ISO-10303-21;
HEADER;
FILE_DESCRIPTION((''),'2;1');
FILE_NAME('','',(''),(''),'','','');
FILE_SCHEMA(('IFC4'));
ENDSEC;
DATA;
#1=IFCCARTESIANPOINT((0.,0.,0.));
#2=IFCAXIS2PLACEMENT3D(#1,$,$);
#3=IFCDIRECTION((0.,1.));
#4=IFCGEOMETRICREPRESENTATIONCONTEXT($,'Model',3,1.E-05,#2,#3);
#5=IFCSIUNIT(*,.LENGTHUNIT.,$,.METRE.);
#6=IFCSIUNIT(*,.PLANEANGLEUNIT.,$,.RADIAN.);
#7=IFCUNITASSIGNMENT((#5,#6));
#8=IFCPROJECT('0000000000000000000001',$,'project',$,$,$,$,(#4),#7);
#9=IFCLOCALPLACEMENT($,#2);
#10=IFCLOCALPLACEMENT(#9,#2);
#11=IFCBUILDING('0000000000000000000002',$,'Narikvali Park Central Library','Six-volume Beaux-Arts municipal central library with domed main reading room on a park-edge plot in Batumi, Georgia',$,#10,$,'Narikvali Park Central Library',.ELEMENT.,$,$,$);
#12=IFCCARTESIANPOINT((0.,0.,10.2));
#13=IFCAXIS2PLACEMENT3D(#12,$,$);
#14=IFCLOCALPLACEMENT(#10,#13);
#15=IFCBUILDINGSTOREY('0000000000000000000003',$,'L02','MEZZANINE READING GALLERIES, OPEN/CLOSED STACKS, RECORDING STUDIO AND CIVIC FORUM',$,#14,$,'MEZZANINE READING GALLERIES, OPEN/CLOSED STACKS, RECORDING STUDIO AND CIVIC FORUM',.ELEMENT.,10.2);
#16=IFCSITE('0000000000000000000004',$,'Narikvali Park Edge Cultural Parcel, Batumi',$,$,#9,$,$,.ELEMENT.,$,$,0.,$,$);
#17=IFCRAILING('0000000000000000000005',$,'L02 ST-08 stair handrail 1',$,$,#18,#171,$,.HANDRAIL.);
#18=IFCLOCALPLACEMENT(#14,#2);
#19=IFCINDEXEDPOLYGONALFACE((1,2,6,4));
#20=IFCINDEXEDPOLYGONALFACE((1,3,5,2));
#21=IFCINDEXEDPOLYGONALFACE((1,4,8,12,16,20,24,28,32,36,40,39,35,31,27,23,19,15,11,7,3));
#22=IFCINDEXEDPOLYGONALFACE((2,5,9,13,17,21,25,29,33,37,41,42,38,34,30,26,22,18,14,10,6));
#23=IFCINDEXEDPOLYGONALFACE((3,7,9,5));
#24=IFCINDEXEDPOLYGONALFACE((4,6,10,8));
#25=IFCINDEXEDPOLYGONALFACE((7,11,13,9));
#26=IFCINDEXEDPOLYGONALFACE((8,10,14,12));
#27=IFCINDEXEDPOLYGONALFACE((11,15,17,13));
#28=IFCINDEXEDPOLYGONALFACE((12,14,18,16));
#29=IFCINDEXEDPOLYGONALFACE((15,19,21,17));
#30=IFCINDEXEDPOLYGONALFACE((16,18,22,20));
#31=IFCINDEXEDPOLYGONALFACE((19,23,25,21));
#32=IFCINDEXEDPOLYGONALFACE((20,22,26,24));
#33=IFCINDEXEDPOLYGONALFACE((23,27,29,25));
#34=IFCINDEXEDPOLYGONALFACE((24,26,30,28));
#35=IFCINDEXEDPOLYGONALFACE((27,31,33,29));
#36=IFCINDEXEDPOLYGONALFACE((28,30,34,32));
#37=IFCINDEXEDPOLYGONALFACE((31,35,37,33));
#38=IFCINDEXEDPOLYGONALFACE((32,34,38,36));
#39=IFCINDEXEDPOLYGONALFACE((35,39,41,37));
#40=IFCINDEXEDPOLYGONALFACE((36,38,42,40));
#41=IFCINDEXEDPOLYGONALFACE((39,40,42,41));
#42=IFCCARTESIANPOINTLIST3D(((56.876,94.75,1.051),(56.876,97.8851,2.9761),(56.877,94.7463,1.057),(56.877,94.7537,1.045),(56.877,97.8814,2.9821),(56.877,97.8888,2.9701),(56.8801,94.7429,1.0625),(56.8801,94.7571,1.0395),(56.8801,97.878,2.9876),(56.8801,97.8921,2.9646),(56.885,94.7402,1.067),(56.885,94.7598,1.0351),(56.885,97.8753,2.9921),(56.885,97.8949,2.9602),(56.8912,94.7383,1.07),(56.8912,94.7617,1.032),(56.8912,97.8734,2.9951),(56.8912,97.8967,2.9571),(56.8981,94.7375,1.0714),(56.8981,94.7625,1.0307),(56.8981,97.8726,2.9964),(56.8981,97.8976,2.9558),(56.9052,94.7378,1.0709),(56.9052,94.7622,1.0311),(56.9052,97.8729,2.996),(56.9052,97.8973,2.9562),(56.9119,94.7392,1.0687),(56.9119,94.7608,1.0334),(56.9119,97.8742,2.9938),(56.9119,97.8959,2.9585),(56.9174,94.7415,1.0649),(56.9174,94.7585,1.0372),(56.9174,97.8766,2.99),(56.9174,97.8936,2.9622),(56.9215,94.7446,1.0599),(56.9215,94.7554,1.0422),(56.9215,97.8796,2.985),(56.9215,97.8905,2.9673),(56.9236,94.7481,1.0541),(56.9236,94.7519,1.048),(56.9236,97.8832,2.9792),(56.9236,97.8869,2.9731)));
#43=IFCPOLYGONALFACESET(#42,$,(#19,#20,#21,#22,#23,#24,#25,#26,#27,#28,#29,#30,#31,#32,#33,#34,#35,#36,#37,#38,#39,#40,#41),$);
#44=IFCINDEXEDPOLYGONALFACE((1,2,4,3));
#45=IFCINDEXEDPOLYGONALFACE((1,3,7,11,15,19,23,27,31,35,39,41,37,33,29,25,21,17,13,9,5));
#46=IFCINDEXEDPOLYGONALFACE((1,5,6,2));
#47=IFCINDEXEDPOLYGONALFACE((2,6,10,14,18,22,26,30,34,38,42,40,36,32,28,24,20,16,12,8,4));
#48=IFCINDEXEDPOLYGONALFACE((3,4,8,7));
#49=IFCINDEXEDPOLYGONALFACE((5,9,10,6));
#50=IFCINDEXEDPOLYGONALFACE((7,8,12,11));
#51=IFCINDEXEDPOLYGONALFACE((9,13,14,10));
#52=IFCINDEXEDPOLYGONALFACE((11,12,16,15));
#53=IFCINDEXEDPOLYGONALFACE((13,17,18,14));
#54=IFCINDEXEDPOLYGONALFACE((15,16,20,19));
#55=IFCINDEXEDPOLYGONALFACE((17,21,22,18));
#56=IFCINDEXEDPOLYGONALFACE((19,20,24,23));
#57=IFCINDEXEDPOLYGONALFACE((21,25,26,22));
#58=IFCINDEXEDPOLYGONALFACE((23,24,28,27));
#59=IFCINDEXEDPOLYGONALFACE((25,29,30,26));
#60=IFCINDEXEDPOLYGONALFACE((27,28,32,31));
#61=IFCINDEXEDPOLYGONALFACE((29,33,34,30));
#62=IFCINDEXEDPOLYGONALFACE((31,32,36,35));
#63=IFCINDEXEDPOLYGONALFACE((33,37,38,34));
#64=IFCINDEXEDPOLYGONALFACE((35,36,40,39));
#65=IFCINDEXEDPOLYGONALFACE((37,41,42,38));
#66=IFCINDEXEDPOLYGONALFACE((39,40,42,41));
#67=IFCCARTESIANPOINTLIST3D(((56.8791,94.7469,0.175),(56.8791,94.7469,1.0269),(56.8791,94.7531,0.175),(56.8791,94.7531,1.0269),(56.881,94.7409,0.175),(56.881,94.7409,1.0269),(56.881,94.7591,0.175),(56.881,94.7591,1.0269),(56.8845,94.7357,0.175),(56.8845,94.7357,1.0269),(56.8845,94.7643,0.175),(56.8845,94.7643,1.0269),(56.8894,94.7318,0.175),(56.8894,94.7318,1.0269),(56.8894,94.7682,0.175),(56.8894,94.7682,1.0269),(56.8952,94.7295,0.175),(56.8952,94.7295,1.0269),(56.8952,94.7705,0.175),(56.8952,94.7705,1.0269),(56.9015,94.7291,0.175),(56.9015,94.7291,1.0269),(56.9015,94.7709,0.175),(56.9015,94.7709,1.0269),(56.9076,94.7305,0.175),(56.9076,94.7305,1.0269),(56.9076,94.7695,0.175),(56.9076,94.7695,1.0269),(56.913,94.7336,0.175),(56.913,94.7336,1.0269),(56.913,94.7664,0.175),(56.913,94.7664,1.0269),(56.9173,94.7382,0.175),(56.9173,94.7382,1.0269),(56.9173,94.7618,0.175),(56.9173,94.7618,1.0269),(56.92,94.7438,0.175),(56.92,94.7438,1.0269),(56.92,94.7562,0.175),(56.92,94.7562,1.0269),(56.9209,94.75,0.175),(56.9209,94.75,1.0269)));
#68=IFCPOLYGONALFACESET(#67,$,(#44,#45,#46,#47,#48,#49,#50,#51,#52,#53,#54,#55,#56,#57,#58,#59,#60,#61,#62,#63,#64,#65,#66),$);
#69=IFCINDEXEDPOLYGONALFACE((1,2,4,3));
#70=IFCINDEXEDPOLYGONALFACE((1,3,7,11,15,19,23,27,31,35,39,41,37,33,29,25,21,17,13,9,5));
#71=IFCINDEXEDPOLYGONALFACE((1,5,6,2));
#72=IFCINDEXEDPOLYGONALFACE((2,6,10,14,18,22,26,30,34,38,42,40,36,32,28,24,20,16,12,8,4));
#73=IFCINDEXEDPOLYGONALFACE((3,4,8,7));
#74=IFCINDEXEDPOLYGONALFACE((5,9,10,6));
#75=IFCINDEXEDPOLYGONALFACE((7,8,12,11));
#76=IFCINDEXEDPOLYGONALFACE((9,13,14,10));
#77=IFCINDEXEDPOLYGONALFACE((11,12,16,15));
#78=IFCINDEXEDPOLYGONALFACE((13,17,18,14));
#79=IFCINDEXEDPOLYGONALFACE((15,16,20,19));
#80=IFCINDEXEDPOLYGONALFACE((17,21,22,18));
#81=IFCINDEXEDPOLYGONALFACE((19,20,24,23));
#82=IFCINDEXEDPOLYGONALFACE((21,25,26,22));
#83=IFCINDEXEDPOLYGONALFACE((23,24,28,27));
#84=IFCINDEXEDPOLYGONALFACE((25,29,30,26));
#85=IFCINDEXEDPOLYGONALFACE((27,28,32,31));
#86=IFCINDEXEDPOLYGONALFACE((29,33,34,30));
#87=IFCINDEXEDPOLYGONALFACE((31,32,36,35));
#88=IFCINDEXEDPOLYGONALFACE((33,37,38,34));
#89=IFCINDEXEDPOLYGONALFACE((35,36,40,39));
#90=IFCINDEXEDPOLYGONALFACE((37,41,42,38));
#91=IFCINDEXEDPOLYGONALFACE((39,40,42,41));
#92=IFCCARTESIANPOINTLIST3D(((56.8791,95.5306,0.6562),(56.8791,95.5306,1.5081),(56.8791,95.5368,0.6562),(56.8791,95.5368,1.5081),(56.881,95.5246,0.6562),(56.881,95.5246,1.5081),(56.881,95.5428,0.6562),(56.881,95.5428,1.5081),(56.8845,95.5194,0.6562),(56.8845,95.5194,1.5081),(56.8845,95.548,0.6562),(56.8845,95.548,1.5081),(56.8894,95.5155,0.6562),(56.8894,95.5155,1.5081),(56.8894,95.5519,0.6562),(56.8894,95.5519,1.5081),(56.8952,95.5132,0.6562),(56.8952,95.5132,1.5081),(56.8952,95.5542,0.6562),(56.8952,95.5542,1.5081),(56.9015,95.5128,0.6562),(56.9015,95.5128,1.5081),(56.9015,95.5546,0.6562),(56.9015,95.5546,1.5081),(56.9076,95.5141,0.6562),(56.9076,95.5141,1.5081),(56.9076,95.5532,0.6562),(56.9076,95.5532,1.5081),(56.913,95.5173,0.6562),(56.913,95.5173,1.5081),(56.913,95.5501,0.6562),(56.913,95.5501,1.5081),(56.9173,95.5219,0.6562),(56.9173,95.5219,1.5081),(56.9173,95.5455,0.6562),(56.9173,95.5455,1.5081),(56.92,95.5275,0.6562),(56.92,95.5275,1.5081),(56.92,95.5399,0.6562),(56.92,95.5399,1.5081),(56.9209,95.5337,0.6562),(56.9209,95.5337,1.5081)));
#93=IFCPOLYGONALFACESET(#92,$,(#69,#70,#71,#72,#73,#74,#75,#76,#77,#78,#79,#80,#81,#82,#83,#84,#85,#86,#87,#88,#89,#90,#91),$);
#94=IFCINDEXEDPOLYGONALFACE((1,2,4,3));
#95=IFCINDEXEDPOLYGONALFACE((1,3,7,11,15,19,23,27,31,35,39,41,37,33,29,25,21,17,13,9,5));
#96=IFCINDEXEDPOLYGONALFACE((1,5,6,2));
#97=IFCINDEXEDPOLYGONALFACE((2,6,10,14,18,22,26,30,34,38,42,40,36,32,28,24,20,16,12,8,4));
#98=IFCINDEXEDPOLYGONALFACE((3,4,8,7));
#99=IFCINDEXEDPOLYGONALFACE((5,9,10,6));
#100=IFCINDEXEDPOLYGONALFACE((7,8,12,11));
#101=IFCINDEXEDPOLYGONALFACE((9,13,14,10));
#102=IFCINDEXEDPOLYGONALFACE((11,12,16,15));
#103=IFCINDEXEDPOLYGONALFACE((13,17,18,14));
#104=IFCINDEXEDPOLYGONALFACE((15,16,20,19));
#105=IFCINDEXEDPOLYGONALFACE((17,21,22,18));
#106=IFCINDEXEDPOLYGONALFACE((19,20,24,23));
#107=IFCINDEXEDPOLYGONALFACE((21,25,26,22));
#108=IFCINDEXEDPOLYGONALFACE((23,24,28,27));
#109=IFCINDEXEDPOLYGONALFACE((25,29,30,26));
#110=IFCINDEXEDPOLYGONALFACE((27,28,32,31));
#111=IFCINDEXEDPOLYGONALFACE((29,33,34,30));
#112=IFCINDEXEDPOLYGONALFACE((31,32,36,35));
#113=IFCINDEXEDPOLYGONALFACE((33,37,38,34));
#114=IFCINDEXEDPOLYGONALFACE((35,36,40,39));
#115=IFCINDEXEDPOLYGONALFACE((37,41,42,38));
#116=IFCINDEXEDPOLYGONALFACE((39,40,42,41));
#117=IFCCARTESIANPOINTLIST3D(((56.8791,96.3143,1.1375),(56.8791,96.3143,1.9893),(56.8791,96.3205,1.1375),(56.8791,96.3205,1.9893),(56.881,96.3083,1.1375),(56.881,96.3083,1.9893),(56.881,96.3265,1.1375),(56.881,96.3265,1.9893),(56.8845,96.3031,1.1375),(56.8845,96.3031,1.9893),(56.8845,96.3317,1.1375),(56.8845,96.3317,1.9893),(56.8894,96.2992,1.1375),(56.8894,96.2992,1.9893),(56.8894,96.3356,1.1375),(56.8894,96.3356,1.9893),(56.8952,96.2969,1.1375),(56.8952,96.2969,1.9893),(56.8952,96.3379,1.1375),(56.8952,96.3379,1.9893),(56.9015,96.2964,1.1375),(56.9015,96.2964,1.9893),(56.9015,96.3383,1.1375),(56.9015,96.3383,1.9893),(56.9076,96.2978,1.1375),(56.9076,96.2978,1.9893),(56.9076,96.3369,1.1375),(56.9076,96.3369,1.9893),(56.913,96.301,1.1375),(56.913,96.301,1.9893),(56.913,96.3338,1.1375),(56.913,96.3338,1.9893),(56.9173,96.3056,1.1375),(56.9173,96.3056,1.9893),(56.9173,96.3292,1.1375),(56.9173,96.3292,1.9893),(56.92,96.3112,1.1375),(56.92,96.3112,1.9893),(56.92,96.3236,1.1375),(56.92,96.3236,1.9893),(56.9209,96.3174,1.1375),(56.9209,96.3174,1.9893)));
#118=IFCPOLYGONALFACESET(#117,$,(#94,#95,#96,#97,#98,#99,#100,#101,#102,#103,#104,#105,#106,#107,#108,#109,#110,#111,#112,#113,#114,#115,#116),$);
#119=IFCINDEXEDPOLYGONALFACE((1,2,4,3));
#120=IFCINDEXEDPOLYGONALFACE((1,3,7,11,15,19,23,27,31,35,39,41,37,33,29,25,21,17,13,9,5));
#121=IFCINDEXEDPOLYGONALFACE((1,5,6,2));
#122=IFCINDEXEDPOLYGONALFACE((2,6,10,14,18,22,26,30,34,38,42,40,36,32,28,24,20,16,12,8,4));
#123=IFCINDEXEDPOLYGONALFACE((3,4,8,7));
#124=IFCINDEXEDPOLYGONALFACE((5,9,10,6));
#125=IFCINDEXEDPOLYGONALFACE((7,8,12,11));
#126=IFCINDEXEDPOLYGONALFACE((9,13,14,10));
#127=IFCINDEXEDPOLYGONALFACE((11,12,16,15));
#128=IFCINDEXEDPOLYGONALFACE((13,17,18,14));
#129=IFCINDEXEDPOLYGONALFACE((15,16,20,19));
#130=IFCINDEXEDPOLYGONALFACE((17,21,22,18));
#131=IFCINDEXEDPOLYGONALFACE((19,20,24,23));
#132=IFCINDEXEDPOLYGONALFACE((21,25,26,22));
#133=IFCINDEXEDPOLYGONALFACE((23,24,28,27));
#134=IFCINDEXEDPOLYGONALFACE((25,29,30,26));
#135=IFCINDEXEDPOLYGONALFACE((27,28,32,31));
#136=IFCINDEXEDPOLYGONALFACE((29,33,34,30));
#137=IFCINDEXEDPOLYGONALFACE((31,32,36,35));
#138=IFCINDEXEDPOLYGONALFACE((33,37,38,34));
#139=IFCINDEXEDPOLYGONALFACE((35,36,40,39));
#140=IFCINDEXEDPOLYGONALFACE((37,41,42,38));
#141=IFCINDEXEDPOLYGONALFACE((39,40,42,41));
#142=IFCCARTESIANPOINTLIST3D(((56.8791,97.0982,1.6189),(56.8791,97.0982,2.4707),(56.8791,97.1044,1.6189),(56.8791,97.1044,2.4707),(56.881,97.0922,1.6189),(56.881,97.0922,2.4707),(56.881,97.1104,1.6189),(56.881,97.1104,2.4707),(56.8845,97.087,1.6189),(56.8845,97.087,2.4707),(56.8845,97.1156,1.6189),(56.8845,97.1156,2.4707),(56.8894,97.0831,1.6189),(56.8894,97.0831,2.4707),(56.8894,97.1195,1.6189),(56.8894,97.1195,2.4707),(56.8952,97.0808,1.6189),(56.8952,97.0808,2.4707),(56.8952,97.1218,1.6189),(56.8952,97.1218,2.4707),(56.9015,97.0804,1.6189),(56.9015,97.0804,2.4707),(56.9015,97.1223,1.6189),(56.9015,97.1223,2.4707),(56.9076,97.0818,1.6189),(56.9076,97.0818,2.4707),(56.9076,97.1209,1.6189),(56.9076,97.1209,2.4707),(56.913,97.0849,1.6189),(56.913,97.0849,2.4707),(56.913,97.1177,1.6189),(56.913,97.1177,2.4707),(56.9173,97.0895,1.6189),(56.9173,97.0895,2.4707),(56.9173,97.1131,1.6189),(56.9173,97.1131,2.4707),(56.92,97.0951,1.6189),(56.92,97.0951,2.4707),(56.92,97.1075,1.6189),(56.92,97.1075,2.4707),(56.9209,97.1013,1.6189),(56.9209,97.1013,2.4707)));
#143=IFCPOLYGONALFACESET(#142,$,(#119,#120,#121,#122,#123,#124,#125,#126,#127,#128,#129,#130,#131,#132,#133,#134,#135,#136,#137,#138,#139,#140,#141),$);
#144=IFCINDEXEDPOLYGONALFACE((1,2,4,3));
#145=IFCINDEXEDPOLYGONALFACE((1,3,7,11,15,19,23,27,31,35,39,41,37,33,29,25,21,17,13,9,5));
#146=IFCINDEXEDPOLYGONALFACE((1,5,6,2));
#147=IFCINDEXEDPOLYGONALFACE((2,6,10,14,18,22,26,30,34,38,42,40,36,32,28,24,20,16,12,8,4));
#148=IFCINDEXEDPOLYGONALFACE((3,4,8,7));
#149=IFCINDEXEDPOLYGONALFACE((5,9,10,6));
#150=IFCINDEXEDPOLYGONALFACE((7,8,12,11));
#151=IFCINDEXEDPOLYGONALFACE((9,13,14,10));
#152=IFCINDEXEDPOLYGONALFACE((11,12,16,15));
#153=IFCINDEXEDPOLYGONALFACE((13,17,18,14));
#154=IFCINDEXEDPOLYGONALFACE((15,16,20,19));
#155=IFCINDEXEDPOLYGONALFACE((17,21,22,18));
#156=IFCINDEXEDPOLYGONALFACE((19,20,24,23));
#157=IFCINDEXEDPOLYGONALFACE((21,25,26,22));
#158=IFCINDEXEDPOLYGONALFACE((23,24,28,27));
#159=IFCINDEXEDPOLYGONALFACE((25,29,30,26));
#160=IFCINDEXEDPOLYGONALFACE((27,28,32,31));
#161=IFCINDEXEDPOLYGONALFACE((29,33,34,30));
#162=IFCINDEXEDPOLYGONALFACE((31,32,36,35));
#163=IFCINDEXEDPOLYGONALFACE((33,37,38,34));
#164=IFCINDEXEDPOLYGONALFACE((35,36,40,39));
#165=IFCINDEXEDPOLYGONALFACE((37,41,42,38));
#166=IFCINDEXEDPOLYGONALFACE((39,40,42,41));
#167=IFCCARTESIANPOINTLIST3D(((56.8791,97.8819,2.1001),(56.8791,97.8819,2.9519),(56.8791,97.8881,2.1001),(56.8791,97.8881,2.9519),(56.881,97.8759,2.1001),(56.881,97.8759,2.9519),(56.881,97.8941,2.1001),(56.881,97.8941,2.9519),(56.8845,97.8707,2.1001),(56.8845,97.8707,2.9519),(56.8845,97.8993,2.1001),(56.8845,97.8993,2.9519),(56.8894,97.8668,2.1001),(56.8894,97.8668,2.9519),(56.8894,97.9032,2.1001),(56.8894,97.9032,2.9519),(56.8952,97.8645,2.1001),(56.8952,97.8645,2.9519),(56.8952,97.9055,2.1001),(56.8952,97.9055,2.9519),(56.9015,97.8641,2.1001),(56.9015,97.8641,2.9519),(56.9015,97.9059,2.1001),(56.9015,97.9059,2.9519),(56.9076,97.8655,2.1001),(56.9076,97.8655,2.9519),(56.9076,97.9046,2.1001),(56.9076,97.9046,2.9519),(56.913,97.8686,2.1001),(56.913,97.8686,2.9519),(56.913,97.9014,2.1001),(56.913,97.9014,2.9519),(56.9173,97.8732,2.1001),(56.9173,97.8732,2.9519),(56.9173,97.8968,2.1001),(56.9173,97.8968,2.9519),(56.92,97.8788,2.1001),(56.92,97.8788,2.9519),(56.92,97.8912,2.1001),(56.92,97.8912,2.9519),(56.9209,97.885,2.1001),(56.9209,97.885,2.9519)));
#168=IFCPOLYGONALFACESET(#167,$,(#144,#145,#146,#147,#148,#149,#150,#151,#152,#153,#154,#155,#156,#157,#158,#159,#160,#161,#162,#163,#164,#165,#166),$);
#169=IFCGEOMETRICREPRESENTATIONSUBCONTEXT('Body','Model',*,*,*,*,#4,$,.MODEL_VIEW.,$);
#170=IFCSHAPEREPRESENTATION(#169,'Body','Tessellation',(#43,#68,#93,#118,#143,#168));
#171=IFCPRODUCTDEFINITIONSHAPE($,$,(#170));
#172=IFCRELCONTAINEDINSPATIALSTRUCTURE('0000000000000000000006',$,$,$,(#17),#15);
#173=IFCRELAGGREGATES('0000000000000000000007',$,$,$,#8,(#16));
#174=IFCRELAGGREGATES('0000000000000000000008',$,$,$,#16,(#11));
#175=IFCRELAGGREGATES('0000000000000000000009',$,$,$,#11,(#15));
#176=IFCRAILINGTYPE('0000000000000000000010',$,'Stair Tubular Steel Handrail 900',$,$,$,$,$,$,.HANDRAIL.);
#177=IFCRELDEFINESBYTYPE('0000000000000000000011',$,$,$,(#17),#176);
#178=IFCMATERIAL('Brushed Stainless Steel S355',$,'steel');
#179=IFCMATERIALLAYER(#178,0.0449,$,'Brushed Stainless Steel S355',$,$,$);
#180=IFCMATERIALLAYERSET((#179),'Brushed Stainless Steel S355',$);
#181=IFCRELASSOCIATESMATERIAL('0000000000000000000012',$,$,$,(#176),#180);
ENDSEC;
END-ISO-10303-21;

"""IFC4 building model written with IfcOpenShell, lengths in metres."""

from ifc_helpers import new_model, si_unit, direction, frame, origin, origin_2d, place, context, subcontext, project, spatial, circle, extrude, material, layer, layer_set, type_object, element, save


model = new_model("IFC4")

# Units and contexts
model_context = context("Model", 3, precision=1e-05, world=origin(), true_north=direction((0.0, 1.0)))
body_context = subcontext(model_context, "Body", "Model", "MODEL_VIEW")
ifc_project = project(units=[si_unit("LENGTHUNIT", "METRE"), si_unit("PLANEANGLEUNIT", "RADIAN")], contexts=[model_context])

# Site, building, storey
site_placement = place(None, origin())
site = spatial("IfcSite", under=ifc_project, at=site_placement, Name="Narikvali Park Edge Cultural Parcel, Batumi", CompositionType="ELEMENT", RefElevation=0.0)
building_placement = place(site_placement, origin())
building = spatial("IfcBuilding", under=site, at=building_placement, Name="Narikvali Park Central Library", Description="Six-volume Beaux-Arts municipal central library with domed main reading room on a park-edge plot in Batumi, Georgia", LongName="Narikvali Park Central Library", CompositionType="ELEMENT")
storey_placement = place(building_placement, frame((0.0, 0.0, 10.2)))
storey = spatial("IfcBuildingStorey", under=building, at=storey_placement, Name="L02", Description="MEZZANINE READING GALLERIES, OPEN/CLOSED STACKS, RECORDING STUDIO AND CIVIC FORUM", LongName="MEZZANINE READING GALLERIES, OPEN/CLOSED STACKS, RECORDING STUDIO AND CIVIC FORUM", CompositionType="ELEMENT", Elevation=10.2)

# Shared definitions
ifc_material_1 = material(Name="Brushed Stainless Steel S355", Category="steel")

# Railing
ifc_layer_1 = layer(ifc_material_1, 0.0449, Name="Brushed Stainless Steel S355")
ifc_layer_set_1 = layer_set([ifc_layer_1], Name="Brushed Stainless Steel S355")
railing_type_1 = type_object("IfcRailingType", Name="Stair Tubular Steel Handrail 900", PredefinedType="HANDRAIL", material=ifc_layer_set_1)
railing_1_placement = place(storey_placement, frame((56.8999, 94.75, 0.175)))
element("IfcRailing", 1, at=railing_1_placement, inside=storey, type_object=railing_type_1, Name="L02 ST-08 stair handrail 1", PredefinedType="HANDRAIL", context=body_context, shape_type="SweptSolid", body=[
    extrude(circle(Radius=0.0239, at=origin_2d()), frame((0.0, 0.0, 0.876), z_axis=(0.0, 0.852166, 0.523271), x_axis=(-1.0, 0.0, 0.0)), (0.0, 0.0, 1.0), 3.679),
    extrude(circle(Radius=0.021, at=origin_2d()), origin(), (0.0, 0.0, 1.0), 0.8518),
    extrude(circle(Radius=0.021, at=origin_2d()), frame((0.0, 0.7837, 0.4812)), (0.0, 0.0, 1.0), 0.8518),
    extrude(circle(Radius=0.021, at=origin_2d()), frame((0.0, 1.5674, 0.9624)), (0.0, 0.0, 1.0), 0.8518),
    extrude(circle(Radius=0.021, at=origin_2d()), frame((0.0, 2.3513, 1.4438)), (0.0, 0.0, 1.0), 0.8518),
    extrude(circle(Radius=0.021, at=origin_2d()), frame((0.0, 3.135, 1.925)), (0.0, 0.0, 1.0), 0.8518),
])

save(model, "model.ifc")
